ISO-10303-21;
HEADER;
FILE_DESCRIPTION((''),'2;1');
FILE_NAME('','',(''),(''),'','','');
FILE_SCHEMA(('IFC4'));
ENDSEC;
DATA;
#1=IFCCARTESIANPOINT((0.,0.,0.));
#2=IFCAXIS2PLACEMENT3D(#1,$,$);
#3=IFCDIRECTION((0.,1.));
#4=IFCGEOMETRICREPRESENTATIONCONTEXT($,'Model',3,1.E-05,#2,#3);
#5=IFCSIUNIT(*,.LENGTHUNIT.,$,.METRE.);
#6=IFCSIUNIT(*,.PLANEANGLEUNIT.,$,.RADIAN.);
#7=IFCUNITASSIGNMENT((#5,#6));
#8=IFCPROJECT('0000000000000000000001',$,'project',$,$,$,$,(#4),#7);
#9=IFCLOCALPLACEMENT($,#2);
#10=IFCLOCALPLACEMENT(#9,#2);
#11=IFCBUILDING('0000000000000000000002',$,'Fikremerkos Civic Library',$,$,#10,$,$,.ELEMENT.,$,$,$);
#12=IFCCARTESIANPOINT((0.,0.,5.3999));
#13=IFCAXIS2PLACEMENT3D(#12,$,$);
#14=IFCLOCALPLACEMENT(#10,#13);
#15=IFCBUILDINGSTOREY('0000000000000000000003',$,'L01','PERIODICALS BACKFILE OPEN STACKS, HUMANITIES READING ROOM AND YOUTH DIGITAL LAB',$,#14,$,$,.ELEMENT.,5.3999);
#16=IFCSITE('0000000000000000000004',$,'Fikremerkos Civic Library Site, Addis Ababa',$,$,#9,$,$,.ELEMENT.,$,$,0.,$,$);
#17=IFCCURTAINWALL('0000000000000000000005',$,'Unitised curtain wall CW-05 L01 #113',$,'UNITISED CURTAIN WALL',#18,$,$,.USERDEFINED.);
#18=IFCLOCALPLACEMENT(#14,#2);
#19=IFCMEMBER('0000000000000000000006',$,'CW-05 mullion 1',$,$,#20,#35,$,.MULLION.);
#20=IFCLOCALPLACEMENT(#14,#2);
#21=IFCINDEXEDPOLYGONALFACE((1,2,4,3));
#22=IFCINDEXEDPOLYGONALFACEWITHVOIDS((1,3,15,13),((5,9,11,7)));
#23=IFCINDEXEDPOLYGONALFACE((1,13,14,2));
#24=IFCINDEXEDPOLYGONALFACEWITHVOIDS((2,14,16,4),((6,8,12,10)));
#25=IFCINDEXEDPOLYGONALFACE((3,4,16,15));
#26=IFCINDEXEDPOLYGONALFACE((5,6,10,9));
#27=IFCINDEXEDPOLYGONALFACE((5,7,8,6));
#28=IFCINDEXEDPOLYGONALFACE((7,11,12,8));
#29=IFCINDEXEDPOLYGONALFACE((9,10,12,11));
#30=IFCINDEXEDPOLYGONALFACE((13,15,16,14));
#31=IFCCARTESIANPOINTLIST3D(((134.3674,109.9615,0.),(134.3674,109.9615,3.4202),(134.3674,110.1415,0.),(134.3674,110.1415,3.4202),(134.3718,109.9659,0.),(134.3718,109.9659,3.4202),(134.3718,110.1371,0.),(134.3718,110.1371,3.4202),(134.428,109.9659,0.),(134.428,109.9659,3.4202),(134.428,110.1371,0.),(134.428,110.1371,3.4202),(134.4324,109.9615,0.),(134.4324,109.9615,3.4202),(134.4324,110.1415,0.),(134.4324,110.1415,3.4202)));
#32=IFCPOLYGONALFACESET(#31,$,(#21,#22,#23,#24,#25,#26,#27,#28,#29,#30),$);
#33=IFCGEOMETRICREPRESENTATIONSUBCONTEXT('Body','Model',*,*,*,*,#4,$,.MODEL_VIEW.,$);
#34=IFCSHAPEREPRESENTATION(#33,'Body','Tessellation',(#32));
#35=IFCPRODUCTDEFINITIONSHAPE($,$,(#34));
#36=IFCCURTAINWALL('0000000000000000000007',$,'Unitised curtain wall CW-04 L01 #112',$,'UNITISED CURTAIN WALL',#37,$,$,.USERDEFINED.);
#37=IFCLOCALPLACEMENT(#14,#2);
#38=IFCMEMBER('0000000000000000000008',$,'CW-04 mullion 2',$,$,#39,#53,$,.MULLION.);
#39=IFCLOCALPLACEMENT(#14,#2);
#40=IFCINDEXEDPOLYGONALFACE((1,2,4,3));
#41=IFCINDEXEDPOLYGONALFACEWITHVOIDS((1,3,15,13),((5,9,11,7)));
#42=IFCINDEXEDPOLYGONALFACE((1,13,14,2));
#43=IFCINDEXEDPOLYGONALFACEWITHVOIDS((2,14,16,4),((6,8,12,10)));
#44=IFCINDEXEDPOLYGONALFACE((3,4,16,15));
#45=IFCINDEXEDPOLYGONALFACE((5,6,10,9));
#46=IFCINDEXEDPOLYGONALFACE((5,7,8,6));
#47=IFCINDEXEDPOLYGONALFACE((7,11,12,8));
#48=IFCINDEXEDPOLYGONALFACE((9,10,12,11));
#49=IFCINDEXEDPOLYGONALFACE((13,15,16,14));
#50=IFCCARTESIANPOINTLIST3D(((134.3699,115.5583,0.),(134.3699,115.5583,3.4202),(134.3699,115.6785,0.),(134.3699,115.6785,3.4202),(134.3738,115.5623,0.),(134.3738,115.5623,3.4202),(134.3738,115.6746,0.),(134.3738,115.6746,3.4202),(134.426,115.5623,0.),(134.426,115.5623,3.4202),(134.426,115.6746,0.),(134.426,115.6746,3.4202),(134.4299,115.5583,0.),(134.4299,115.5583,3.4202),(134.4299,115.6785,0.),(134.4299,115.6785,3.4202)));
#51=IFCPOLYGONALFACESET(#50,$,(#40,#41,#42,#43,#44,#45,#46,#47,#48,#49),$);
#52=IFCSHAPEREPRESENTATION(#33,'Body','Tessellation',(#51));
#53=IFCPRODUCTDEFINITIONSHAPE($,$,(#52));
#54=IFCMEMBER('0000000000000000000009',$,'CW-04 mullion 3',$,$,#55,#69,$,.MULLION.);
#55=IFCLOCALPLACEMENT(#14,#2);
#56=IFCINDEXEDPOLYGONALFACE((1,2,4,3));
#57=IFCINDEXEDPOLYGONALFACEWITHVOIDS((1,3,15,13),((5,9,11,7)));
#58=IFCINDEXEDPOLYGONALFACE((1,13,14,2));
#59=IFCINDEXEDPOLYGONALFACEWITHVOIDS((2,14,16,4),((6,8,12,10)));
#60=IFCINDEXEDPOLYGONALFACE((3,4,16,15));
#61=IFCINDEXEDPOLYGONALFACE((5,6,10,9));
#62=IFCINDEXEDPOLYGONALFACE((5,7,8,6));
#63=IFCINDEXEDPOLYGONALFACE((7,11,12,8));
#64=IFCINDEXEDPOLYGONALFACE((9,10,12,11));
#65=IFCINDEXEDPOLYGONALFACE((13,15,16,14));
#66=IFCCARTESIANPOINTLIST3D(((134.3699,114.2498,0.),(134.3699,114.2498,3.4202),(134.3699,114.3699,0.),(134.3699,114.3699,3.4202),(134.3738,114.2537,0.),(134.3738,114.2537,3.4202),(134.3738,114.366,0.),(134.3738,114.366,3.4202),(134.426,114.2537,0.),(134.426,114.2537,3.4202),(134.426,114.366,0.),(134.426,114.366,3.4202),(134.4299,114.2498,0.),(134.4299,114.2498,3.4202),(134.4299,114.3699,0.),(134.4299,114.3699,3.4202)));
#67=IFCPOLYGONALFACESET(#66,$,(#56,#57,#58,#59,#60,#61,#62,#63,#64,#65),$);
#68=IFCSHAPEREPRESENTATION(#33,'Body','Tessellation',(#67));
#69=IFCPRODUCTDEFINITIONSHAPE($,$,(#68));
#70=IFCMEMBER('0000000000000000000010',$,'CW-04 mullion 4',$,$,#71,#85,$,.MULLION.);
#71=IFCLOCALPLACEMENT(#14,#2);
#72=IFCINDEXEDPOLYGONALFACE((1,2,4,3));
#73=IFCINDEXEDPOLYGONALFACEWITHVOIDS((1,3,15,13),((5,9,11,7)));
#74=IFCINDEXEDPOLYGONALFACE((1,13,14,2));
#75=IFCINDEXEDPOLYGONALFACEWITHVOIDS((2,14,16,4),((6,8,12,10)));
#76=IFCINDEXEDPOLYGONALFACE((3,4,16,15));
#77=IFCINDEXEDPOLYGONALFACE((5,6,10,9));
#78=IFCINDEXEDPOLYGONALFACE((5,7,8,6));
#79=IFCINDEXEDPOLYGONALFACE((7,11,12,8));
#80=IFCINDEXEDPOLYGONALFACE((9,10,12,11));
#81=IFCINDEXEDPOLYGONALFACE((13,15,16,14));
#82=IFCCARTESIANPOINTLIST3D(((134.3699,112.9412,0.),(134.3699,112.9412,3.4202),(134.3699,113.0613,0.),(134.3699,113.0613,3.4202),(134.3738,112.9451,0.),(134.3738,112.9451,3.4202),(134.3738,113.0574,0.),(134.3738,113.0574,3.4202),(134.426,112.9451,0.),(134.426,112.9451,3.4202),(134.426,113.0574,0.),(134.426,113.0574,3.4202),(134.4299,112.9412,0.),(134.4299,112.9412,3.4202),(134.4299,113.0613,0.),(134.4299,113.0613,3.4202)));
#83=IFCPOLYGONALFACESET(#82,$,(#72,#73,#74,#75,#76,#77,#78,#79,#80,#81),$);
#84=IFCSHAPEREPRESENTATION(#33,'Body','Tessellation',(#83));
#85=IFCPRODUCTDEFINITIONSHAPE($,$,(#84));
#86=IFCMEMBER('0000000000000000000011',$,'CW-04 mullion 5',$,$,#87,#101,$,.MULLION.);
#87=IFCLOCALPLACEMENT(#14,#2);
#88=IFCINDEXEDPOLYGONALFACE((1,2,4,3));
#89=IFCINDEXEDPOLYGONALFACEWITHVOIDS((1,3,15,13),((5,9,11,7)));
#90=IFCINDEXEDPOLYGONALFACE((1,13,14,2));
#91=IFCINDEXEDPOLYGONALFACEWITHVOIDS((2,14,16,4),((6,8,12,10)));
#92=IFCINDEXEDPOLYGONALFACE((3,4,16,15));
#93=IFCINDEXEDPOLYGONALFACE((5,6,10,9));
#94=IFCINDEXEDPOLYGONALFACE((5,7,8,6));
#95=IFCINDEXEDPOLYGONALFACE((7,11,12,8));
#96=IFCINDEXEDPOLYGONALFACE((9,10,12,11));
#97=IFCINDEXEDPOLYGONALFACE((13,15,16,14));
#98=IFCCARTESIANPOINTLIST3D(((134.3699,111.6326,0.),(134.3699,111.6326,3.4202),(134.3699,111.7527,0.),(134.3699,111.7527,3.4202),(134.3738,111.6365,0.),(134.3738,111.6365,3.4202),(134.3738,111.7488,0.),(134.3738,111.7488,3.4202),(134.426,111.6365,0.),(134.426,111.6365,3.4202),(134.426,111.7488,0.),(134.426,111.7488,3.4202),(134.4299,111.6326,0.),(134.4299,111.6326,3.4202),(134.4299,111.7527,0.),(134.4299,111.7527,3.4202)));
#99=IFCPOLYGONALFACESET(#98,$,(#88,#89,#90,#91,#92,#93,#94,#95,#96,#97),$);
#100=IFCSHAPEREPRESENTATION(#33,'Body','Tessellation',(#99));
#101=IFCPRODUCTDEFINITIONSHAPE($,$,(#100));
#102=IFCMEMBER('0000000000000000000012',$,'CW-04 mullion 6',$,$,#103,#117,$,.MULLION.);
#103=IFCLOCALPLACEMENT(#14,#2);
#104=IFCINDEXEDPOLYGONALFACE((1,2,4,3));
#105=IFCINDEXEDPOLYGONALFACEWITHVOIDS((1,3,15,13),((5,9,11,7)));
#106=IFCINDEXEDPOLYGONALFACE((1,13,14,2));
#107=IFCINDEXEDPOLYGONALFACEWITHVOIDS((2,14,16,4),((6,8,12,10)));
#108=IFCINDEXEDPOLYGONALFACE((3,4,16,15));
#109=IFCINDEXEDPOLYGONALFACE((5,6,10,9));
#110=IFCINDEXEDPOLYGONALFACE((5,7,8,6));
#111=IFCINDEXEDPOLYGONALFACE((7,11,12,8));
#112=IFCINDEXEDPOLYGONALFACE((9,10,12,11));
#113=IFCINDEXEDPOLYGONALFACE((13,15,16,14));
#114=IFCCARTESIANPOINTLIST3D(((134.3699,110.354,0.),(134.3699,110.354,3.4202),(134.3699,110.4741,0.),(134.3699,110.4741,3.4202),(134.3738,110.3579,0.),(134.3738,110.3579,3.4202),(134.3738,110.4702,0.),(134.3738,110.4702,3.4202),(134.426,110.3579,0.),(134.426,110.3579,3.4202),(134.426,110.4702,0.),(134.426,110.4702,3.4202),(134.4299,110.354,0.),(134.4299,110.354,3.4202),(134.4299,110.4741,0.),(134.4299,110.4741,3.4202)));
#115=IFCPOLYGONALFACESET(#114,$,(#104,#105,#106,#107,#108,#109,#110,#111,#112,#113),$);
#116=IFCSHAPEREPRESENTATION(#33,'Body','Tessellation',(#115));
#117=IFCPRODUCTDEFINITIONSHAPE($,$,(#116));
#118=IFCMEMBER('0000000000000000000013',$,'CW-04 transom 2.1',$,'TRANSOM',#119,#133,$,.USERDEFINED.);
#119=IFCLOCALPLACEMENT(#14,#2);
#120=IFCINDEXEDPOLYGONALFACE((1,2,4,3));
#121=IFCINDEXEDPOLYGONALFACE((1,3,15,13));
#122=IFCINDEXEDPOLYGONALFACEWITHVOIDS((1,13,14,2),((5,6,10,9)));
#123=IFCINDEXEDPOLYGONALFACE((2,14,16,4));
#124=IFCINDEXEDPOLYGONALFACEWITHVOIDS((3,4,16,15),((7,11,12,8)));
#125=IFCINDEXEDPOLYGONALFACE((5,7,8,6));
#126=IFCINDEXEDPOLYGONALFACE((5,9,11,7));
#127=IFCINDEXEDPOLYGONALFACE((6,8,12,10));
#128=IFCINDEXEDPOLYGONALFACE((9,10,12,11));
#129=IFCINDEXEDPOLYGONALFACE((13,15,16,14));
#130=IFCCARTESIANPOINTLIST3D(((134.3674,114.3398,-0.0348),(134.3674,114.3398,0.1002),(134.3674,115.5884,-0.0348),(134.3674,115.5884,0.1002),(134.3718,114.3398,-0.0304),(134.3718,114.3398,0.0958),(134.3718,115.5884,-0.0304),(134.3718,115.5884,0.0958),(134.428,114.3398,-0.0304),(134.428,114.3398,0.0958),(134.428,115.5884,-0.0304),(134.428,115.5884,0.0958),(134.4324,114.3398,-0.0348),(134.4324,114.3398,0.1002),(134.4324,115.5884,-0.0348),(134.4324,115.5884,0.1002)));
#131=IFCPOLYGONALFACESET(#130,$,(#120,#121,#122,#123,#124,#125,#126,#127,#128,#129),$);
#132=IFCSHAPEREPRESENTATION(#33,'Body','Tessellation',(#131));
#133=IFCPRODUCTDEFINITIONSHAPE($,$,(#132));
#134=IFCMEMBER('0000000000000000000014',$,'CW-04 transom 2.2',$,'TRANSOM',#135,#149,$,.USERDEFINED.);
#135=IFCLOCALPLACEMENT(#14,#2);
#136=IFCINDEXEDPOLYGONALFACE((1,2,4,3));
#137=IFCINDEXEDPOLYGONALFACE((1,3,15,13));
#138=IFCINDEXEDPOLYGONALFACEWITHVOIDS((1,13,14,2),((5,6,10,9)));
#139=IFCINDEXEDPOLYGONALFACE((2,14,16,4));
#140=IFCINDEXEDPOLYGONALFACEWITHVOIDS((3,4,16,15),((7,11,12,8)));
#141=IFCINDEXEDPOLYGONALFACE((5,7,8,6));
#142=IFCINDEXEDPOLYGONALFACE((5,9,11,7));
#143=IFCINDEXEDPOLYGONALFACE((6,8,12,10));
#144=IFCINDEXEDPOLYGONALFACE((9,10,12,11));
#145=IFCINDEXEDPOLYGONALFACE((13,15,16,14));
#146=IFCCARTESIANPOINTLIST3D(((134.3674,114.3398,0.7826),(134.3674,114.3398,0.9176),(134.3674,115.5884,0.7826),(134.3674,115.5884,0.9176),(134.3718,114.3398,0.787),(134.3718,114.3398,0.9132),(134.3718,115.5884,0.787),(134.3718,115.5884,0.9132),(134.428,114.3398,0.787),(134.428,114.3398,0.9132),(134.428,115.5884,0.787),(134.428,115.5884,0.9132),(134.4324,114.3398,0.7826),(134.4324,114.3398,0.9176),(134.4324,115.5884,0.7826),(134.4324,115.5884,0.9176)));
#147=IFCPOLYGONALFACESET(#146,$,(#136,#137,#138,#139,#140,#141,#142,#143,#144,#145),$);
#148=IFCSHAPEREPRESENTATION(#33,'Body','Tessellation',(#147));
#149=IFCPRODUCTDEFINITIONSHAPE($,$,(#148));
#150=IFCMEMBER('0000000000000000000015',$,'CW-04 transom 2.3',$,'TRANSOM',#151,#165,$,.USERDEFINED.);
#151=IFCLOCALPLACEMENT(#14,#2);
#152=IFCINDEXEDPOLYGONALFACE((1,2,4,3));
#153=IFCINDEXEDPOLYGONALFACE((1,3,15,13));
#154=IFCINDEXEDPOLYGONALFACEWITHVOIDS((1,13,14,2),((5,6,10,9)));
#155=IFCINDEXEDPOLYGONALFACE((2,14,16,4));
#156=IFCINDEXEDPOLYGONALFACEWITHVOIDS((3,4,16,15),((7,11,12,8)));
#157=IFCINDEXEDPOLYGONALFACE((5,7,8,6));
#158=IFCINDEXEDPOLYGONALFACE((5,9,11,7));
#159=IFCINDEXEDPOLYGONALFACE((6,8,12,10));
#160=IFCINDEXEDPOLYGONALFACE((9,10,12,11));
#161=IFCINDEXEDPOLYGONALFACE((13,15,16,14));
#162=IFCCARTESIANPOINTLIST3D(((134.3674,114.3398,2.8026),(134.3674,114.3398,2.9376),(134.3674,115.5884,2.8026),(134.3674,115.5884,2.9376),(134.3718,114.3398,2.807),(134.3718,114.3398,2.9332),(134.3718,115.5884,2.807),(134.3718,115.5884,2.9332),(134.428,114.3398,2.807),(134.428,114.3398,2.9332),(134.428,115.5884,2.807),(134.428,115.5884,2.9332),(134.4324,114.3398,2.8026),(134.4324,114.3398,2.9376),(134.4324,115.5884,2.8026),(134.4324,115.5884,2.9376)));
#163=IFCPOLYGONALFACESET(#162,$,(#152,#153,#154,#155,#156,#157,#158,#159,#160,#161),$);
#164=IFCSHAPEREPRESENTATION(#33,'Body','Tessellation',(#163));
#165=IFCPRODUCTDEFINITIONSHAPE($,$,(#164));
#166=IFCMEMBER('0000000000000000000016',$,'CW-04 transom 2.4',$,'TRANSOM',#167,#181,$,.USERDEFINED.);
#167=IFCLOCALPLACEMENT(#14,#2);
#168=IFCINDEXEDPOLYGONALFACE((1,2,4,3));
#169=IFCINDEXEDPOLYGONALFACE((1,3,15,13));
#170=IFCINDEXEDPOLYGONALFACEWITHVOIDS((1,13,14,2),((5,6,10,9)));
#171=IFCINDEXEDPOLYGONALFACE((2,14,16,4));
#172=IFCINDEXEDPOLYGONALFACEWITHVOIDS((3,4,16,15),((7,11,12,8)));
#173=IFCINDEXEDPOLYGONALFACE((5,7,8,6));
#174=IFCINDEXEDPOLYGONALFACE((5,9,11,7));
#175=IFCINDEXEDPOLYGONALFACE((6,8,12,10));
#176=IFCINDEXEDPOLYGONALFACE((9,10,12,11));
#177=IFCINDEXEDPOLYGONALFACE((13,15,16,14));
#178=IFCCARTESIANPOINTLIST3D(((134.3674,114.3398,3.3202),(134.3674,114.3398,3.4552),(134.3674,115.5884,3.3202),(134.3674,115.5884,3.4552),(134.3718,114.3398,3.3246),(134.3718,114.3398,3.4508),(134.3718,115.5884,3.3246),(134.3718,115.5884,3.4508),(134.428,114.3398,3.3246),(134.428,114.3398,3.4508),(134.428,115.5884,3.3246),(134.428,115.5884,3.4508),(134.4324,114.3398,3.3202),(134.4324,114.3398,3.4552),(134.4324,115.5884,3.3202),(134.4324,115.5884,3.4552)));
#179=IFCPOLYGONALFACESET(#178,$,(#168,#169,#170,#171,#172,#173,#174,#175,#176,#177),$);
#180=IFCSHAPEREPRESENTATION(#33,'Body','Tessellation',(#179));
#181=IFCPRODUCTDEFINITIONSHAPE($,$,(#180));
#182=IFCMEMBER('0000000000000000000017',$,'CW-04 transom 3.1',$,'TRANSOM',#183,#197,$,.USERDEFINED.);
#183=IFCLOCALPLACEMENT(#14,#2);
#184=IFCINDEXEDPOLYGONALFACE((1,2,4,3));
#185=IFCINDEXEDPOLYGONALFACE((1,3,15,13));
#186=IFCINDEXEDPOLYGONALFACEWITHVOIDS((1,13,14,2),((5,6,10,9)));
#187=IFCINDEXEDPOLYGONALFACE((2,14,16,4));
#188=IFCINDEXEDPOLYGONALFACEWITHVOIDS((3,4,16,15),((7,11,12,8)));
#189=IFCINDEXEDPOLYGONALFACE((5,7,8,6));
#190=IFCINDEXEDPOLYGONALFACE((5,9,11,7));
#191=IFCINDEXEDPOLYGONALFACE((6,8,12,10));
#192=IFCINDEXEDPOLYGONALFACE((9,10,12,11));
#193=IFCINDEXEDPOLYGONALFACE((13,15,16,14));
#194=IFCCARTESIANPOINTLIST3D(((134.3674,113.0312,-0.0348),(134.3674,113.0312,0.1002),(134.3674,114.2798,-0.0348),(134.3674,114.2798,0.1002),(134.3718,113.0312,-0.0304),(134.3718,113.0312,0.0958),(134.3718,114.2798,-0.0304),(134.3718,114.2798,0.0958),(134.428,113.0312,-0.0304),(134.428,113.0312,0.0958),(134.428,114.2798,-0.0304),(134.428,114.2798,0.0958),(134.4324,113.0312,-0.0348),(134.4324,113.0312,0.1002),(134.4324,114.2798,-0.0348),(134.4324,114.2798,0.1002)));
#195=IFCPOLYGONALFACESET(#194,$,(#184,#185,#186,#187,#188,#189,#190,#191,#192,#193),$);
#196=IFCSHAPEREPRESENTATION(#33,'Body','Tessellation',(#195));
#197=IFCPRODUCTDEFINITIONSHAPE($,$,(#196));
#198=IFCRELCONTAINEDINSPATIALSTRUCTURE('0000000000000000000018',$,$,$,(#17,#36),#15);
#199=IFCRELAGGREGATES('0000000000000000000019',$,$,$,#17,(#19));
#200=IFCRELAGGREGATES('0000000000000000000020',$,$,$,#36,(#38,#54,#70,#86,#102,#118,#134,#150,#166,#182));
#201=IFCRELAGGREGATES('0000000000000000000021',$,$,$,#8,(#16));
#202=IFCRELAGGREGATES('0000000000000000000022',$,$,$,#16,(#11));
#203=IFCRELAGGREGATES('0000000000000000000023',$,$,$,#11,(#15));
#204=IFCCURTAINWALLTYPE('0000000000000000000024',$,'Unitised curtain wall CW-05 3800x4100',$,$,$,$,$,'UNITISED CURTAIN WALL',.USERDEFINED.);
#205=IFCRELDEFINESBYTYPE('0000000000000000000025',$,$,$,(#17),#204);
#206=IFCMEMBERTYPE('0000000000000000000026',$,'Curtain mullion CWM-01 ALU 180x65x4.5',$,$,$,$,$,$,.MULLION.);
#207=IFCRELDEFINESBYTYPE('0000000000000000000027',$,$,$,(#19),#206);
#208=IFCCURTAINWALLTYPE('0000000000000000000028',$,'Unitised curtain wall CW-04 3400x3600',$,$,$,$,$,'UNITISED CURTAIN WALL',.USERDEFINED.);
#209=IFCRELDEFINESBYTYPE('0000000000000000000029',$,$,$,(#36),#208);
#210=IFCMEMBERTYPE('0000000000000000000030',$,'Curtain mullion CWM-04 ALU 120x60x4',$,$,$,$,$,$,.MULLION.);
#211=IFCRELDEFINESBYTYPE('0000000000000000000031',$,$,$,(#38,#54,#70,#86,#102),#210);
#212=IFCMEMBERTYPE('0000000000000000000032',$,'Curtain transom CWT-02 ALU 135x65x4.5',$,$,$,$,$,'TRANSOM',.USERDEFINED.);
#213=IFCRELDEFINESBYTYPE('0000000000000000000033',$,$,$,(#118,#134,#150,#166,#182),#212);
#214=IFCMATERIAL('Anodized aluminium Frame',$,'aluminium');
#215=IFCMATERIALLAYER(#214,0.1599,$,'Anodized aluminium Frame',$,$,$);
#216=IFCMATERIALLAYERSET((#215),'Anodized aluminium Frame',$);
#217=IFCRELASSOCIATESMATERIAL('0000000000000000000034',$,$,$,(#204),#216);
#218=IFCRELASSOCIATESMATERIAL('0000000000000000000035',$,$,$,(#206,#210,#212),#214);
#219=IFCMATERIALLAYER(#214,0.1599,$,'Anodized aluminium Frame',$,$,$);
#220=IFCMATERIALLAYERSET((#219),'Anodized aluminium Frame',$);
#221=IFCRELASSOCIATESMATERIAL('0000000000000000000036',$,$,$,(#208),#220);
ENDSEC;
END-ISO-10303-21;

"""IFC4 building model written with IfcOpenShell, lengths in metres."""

from ifc_helpers import new_model, si_unit, direction, frame, origin, origin_2d, place, context, subcontext, project, spatial, hollow_rectangle, extrude, material, layer, layer_set, material_profile, profile_set, type_object, element, aggregate, save


model = new_model("IFC4")

# Units and contexts
model_context = context("Model", 3, precision=1e-05, world=origin(), true_north=direction((0.0, 1.0)))
body_context = subcontext(model_context, "Body", "Model", "MODEL_VIEW")
ifc_project = project(units=[si_unit("LENGTHUNIT", "METRE"), si_unit("PLANEANGLEUNIT", "RADIAN")], contexts=[model_context])

# Site, building, storey
site_placement = place(None, origin())
site = spatial("IfcSite", under=ifc_project, at=site_placement, Name="Fikremerkos Civic Library Site, Addis Ababa", CompositionType="ELEMENT", RefElevation=0.0)
building_placement = place(site_placement, origin())
building = spatial("IfcBuilding", under=site, at=building_placement, Name="Fikremerkos Civic Library", CompositionType="ELEMENT")
storey_placement = place(building_placement, frame((0.0, 0.0, 5.3999)))
storey = spatial("IfcBuildingStorey", under=building, at=storey_placement, Name="L01", Description="PERIODICALS BACKFILE OPEN STACKS, HUMANITIES READING ROOM AND YOUTH DIGITAL LAB", CompositionType="ELEMENT", Elevation=5.3999)

# Curtain wall, member
ifc_material_1 = material(Name="Anodized aluminium Frame", Category="aluminium")
ifc_layer_1 = layer(ifc_material_1, 0.1599, Name="Anodized aluminium Frame")
ifc_layer_set_1 = layer_set([ifc_layer_1], Name="Anodized aluminium Frame")
curtain_wall_type_1 = type_object("IfcCurtainWallType", Name="Unitised curtain wall CW-05 3800x4100", ElementType="UNITISED CURTAIN WALL", PredefinedType="USERDEFINED", material=ifc_layer_set_1)
curtain_wall_1_placement = place(storey_placement, origin())
curtain_wall_1 = element("IfcCurtainWall", 1, at=curtain_wall_1_placement, inside=storey, type_object=curtain_wall_type_1, Name="Unitised curtain wall CW-05 L01 #113", ObjectType="UNITISED CURTAIN WALL", PredefinedType="USERDEFINED")
ifc_material_profile_1 = material_profile(ifc_material_1, hollow_rectangle(XDim=0.0649, YDim=0.1799, WallThickness=0.0044, at=origin_2d()), Name="ALU 180x65x4.5")
ifc_profile_set_1 = profile_set([ifc_material_profile_1], Name="Anodized aluminium Frame")
member_type_1 = type_object("IfcMemberType", Name="Curtain mullion CWM-01 ALU 180x65x4.5", PredefinedType="MULLION", material=ifc_profile_set_1)
member_1_placement = place(storey_placement, frame((134.3999, 110.0515, 0.0), z_axis=(0.0, 0.0, 1.0), x_axis=(1.0, 0.0, 0.0)))
member_1 = element("IfcMember", 2, at=member_1_placement, type_object=member_type_1, Name="CW-05 mullion 1", PredefinedType="MULLION", context=body_context, shape_type="SweptSolid", body=[
    extrude(hollow_rectangle(XDim=0.0649, YDim=0.1799, WallThickness=0.0044, at=origin_2d()), origin(), (0.0, 0.0, 1.0), 3.4202),
])

# Curtain wall, members
ifc_layer_2 = layer(ifc_material_1, 0.1599, Name="Anodized aluminium Frame")
ifc_layer_set_2 = layer_set([ifc_layer_2], Name="Anodized aluminium Frame")
curtain_wall_type_2 = type_object("IfcCurtainWallType", Name="Unitised curtain wall CW-04 3400x3600", ElementType="UNITISED CURTAIN WALL", PredefinedType="USERDEFINED", material=ifc_layer_set_2)
curtain_wall_2_placement = place(storey_placement, origin())
curtain_wall_2 = element("IfcCurtainWall", 3, at=curtain_wall_2_placement, inside=storey, type_object=curtain_wall_type_2, Name="Unitised curtain wall CW-04 L01 #112", ObjectType="UNITISED CURTAIN WALL", PredefinedType="USERDEFINED")
ifc_material_profile_2 = material_profile(ifc_material_1, hollow_rectangle(XDim=0.0601, YDim=0.1201, WallThickness=0.0039, at=origin_2d()), Name="ALU 120x60x4")
ifc_profile_set_2 = profile_set([ifc_material_profile_2], Name="Anodized aluminium Frame")
member_type_2 = type_object("IfcMemberType", Name="Curtain mullion CWM-04 ALU 120x60x4", PredefinedType="MULLION", material=ifc_profile_set_2)
member_2_placement = place(storey_placement, frame((134.3999, 115.6184, 0.0), z_axis=(0.0, 0.0, 1.0), x_axis=(1.0, 0.0, 0.0)))
member_2 = element("IfcMember", 4, at=member_2_placement, type_object=member_type_2, Name="CW-04 mullion 2", PredefinedType="MULLION", context=body_context, shape_type="SweptSolid", body=[
    extrude(hollow_rectangle(XDim=0.0601, YDim=0.1201, WallThickness=0.0039, at=origin_2d()), origin(), (0.0, 0.0, 1.0), 3.4202),
])
member_3_placement = place(storey_placement, frame((134.3999, 114.3098, 0.0), z_axis=(0.0, 0.0, 1.0), x_axis=(1.0, 0.0, 0.0)))
member_3 = element("IfcMember", 5, at=member_3_placement, type_object=member_type_2, Name="CW-04 mullion 3", PredefinedType="MULLION", context=body_context, shape_type="SweptSolid", body=[
    extrude(hollow_rectangle(XDim=0.0601, YDim=0.1201, WallThickness=0.0039, at=origin_2d()), origin(), (0.0, 0.0, 1.0), 3.4202),
])
member_4_placement = place(storey_placement, frame((134.3999, 113.0012, 0.0), z_axis=(0.0, 0.0, 1.0), x_axis=(1.0, 0.0, 0.0)))
member_4 = element("IfcMember", 6, at=member_4_placement, type_object=member_type_2, Name="CW-04 mullion 4", PredefinedType="MULLION", context=body_context, shape_type="SweptSolid", body=[
    extrude(hollow_rectangle(XDim=0.0601, YDim=0.1201, WallThickness=0.0039, at=origin_2d()), origin(), (0.0, 0.0, 1.0), 3.4202),
])
member_5_placement = place(storey_placement, frame((134.3999, 111.6926, 0.0), z_axis=(0.0, 0.0, 1.0), x_axis=(1.0, 0.0, 0.0)))
member_5 = element("IfcMember", 7, at=member_5_placement, type_object=member_type_2, Name="CW-04 mullion 5", PredefinedType="MULLION", context=body_context, shape_type="SweptSolid", body=[
    extrude(hollow_rectangle(XDim=0.0601, YDim=0.1201, WallThickness=0.0039, at=origin_2d()), origin(), (0.0, 0.0, 1.0), 3.4202),
])
member_6_placement = place(storey_placement, frame((134.3999, 110.4141, 0.0), z_axis=(0.0, 0.0, 1.0), x_axis=(1.0, 0.0, 0.0)))
member_6 = element("IfcMember", 8, at=member_6_placement, type_object=member_type_2, Name="CW-04 mullion 6", PredefinedType="MULLION", context=body_context, shape_type="SweptSolid", body=[
    extrude(hollow_rectangle(XDim=0.0601, YDim=0.1201, WallThickness=0.0039, at=origin_2d()), origin(), (0.0, 0.0, 1.0), 3.4202),
])
ifc_material_profile_3 = material_profile(ifc_material_1, hollow_rectangle(XDim=0.0649, YDim=0.135, WallThickness=0.0044, at=origin_2d()), Name="ALU 135x65x4.5")
ifc_profile_set_3 = profile_set([ifc_material_profile_3], Name="Anodized aluminium Frame")
member_type_3 = type_object("IfcMemberType", Name="Curtain transom CWT-02 ALU 135x65x4.5", ElementType="TRANSOM", PredefinedType="USERDEFINED", material=ifc_profile_set_3)
member_7_placement = place(storey_placement, frame((134.3999, 115.5884, 0.0327), z_axis=(0.0, -1.0, 0.0), x_axis=(1.0, 0.0, 0.0)))
member_7 = element("IfcMember", 9, at=member_7_placement, type_object=member_type_3, Name="CW-04 transom 2.1", ObjectType="TRANSOM", PredefinedType="USERDEFINED", context=body_context, shape_type="SweptSolid", body=[
    extrude(hollow_rectangle(XDim=0.0649, YDim=0.135, WallThickness=0.0044, at=origin_2d()), origin(), (0.0, 0.0, 1.0), 1.2485),
])
member_8_placement = place(storey_placement, frame((134.3999, 115.5884, 0.8501), z_axis=(0.0, -1.0, 0.0), x_axis=(1.0, 0.0, 0.0)))
member_8 = element("IfcMember", 10, at=member_8_placement, type_object=member_type_3, Name="CW-04 transom 2.2", ObjectType="TRANSOM", PredefinedType="USERDEFINED", context=body_context, shape_type="SweptSolid", body=[
    extrude(hollow_rectangle(XDim=0.0649, YDim=0.135, WallThickness=0.0044, at=origin_2d()), origin(), (0.0, 0.0, 1.0), 1.2485),
])
member_9_placement = place(storey_placement, frame((134.3999, 115.5884, 2.8701), z_axis=(0.0, -1.0, 0.0), x_axis=(1.0, 0.0, 0.0)))
member_9 = element("IfcMember", 11, at=member_9_placement, type_object=member_type_3, Name="CW-04 transom 2.3", ObjectType="TRANSOM", PredefinedType="USERDEFINED", context=body_context, shape_type="SweptSolid", body=[
    extrude(hollow_rectangle(XDim=0.0649, YDim=0.135, WallThickness=0.0044, at=origin_2d()), origin(), (0.0, 0.0, 1.0), 1.2485),
])
member_10_placement = place(storey_placement, frame((134.3999, 115.5884, 3.3877), z_axis=(0.0, -1.0, 0.0), x_axis=(1.0, 0.0, 0.0)))
member_10 = element("IfcMember", 12, at=member_10_placement, type_object=member_type_3, Name="CW-04 transom 2.4", ObjectType="TRANSOM", PredefinedType="USERDEFINED", context=body_context, shape_type="SweptSolid", body=[
    extrude(hollow_rectangle(XDim=0.0649, YDim=0.135, WallThickness=0.0044, at=origin_2d()), origin(), (0.0, 0.0, 1.0), 1.2485),
])
member_11_placement = place(storey_placement, frame((134.3999, 114.2798, 0.0327), z_axis=(0.0, -1.0, 0.0), x_axis=(1.0, 0.0, 0.0)))
member_11 = element("IfcMember", 13, at=member_11_placement, type_object=member_type_3, Name="CW-04 transom 3.1", ObjectType="TRANSOM", PredefinedType="USERDEFINED", context=body_context, shape_type="SweptSolid", body=[
    extrude(hollow_rectangle(XDim=0.0649, YDim=0.135, WallThickness=0.0044, at=origin_2d()), origin(), (0.0, 0.0, 1.0), 1.2485),
])

aggregate(curtain_wall_1, [member_1])
aggregate(curtain_wall_2, [member_2, member_3, member_4, member_5, member_6, member_7, member_8, member_9, member_10, member_11])

save(model, "model.ifc")
